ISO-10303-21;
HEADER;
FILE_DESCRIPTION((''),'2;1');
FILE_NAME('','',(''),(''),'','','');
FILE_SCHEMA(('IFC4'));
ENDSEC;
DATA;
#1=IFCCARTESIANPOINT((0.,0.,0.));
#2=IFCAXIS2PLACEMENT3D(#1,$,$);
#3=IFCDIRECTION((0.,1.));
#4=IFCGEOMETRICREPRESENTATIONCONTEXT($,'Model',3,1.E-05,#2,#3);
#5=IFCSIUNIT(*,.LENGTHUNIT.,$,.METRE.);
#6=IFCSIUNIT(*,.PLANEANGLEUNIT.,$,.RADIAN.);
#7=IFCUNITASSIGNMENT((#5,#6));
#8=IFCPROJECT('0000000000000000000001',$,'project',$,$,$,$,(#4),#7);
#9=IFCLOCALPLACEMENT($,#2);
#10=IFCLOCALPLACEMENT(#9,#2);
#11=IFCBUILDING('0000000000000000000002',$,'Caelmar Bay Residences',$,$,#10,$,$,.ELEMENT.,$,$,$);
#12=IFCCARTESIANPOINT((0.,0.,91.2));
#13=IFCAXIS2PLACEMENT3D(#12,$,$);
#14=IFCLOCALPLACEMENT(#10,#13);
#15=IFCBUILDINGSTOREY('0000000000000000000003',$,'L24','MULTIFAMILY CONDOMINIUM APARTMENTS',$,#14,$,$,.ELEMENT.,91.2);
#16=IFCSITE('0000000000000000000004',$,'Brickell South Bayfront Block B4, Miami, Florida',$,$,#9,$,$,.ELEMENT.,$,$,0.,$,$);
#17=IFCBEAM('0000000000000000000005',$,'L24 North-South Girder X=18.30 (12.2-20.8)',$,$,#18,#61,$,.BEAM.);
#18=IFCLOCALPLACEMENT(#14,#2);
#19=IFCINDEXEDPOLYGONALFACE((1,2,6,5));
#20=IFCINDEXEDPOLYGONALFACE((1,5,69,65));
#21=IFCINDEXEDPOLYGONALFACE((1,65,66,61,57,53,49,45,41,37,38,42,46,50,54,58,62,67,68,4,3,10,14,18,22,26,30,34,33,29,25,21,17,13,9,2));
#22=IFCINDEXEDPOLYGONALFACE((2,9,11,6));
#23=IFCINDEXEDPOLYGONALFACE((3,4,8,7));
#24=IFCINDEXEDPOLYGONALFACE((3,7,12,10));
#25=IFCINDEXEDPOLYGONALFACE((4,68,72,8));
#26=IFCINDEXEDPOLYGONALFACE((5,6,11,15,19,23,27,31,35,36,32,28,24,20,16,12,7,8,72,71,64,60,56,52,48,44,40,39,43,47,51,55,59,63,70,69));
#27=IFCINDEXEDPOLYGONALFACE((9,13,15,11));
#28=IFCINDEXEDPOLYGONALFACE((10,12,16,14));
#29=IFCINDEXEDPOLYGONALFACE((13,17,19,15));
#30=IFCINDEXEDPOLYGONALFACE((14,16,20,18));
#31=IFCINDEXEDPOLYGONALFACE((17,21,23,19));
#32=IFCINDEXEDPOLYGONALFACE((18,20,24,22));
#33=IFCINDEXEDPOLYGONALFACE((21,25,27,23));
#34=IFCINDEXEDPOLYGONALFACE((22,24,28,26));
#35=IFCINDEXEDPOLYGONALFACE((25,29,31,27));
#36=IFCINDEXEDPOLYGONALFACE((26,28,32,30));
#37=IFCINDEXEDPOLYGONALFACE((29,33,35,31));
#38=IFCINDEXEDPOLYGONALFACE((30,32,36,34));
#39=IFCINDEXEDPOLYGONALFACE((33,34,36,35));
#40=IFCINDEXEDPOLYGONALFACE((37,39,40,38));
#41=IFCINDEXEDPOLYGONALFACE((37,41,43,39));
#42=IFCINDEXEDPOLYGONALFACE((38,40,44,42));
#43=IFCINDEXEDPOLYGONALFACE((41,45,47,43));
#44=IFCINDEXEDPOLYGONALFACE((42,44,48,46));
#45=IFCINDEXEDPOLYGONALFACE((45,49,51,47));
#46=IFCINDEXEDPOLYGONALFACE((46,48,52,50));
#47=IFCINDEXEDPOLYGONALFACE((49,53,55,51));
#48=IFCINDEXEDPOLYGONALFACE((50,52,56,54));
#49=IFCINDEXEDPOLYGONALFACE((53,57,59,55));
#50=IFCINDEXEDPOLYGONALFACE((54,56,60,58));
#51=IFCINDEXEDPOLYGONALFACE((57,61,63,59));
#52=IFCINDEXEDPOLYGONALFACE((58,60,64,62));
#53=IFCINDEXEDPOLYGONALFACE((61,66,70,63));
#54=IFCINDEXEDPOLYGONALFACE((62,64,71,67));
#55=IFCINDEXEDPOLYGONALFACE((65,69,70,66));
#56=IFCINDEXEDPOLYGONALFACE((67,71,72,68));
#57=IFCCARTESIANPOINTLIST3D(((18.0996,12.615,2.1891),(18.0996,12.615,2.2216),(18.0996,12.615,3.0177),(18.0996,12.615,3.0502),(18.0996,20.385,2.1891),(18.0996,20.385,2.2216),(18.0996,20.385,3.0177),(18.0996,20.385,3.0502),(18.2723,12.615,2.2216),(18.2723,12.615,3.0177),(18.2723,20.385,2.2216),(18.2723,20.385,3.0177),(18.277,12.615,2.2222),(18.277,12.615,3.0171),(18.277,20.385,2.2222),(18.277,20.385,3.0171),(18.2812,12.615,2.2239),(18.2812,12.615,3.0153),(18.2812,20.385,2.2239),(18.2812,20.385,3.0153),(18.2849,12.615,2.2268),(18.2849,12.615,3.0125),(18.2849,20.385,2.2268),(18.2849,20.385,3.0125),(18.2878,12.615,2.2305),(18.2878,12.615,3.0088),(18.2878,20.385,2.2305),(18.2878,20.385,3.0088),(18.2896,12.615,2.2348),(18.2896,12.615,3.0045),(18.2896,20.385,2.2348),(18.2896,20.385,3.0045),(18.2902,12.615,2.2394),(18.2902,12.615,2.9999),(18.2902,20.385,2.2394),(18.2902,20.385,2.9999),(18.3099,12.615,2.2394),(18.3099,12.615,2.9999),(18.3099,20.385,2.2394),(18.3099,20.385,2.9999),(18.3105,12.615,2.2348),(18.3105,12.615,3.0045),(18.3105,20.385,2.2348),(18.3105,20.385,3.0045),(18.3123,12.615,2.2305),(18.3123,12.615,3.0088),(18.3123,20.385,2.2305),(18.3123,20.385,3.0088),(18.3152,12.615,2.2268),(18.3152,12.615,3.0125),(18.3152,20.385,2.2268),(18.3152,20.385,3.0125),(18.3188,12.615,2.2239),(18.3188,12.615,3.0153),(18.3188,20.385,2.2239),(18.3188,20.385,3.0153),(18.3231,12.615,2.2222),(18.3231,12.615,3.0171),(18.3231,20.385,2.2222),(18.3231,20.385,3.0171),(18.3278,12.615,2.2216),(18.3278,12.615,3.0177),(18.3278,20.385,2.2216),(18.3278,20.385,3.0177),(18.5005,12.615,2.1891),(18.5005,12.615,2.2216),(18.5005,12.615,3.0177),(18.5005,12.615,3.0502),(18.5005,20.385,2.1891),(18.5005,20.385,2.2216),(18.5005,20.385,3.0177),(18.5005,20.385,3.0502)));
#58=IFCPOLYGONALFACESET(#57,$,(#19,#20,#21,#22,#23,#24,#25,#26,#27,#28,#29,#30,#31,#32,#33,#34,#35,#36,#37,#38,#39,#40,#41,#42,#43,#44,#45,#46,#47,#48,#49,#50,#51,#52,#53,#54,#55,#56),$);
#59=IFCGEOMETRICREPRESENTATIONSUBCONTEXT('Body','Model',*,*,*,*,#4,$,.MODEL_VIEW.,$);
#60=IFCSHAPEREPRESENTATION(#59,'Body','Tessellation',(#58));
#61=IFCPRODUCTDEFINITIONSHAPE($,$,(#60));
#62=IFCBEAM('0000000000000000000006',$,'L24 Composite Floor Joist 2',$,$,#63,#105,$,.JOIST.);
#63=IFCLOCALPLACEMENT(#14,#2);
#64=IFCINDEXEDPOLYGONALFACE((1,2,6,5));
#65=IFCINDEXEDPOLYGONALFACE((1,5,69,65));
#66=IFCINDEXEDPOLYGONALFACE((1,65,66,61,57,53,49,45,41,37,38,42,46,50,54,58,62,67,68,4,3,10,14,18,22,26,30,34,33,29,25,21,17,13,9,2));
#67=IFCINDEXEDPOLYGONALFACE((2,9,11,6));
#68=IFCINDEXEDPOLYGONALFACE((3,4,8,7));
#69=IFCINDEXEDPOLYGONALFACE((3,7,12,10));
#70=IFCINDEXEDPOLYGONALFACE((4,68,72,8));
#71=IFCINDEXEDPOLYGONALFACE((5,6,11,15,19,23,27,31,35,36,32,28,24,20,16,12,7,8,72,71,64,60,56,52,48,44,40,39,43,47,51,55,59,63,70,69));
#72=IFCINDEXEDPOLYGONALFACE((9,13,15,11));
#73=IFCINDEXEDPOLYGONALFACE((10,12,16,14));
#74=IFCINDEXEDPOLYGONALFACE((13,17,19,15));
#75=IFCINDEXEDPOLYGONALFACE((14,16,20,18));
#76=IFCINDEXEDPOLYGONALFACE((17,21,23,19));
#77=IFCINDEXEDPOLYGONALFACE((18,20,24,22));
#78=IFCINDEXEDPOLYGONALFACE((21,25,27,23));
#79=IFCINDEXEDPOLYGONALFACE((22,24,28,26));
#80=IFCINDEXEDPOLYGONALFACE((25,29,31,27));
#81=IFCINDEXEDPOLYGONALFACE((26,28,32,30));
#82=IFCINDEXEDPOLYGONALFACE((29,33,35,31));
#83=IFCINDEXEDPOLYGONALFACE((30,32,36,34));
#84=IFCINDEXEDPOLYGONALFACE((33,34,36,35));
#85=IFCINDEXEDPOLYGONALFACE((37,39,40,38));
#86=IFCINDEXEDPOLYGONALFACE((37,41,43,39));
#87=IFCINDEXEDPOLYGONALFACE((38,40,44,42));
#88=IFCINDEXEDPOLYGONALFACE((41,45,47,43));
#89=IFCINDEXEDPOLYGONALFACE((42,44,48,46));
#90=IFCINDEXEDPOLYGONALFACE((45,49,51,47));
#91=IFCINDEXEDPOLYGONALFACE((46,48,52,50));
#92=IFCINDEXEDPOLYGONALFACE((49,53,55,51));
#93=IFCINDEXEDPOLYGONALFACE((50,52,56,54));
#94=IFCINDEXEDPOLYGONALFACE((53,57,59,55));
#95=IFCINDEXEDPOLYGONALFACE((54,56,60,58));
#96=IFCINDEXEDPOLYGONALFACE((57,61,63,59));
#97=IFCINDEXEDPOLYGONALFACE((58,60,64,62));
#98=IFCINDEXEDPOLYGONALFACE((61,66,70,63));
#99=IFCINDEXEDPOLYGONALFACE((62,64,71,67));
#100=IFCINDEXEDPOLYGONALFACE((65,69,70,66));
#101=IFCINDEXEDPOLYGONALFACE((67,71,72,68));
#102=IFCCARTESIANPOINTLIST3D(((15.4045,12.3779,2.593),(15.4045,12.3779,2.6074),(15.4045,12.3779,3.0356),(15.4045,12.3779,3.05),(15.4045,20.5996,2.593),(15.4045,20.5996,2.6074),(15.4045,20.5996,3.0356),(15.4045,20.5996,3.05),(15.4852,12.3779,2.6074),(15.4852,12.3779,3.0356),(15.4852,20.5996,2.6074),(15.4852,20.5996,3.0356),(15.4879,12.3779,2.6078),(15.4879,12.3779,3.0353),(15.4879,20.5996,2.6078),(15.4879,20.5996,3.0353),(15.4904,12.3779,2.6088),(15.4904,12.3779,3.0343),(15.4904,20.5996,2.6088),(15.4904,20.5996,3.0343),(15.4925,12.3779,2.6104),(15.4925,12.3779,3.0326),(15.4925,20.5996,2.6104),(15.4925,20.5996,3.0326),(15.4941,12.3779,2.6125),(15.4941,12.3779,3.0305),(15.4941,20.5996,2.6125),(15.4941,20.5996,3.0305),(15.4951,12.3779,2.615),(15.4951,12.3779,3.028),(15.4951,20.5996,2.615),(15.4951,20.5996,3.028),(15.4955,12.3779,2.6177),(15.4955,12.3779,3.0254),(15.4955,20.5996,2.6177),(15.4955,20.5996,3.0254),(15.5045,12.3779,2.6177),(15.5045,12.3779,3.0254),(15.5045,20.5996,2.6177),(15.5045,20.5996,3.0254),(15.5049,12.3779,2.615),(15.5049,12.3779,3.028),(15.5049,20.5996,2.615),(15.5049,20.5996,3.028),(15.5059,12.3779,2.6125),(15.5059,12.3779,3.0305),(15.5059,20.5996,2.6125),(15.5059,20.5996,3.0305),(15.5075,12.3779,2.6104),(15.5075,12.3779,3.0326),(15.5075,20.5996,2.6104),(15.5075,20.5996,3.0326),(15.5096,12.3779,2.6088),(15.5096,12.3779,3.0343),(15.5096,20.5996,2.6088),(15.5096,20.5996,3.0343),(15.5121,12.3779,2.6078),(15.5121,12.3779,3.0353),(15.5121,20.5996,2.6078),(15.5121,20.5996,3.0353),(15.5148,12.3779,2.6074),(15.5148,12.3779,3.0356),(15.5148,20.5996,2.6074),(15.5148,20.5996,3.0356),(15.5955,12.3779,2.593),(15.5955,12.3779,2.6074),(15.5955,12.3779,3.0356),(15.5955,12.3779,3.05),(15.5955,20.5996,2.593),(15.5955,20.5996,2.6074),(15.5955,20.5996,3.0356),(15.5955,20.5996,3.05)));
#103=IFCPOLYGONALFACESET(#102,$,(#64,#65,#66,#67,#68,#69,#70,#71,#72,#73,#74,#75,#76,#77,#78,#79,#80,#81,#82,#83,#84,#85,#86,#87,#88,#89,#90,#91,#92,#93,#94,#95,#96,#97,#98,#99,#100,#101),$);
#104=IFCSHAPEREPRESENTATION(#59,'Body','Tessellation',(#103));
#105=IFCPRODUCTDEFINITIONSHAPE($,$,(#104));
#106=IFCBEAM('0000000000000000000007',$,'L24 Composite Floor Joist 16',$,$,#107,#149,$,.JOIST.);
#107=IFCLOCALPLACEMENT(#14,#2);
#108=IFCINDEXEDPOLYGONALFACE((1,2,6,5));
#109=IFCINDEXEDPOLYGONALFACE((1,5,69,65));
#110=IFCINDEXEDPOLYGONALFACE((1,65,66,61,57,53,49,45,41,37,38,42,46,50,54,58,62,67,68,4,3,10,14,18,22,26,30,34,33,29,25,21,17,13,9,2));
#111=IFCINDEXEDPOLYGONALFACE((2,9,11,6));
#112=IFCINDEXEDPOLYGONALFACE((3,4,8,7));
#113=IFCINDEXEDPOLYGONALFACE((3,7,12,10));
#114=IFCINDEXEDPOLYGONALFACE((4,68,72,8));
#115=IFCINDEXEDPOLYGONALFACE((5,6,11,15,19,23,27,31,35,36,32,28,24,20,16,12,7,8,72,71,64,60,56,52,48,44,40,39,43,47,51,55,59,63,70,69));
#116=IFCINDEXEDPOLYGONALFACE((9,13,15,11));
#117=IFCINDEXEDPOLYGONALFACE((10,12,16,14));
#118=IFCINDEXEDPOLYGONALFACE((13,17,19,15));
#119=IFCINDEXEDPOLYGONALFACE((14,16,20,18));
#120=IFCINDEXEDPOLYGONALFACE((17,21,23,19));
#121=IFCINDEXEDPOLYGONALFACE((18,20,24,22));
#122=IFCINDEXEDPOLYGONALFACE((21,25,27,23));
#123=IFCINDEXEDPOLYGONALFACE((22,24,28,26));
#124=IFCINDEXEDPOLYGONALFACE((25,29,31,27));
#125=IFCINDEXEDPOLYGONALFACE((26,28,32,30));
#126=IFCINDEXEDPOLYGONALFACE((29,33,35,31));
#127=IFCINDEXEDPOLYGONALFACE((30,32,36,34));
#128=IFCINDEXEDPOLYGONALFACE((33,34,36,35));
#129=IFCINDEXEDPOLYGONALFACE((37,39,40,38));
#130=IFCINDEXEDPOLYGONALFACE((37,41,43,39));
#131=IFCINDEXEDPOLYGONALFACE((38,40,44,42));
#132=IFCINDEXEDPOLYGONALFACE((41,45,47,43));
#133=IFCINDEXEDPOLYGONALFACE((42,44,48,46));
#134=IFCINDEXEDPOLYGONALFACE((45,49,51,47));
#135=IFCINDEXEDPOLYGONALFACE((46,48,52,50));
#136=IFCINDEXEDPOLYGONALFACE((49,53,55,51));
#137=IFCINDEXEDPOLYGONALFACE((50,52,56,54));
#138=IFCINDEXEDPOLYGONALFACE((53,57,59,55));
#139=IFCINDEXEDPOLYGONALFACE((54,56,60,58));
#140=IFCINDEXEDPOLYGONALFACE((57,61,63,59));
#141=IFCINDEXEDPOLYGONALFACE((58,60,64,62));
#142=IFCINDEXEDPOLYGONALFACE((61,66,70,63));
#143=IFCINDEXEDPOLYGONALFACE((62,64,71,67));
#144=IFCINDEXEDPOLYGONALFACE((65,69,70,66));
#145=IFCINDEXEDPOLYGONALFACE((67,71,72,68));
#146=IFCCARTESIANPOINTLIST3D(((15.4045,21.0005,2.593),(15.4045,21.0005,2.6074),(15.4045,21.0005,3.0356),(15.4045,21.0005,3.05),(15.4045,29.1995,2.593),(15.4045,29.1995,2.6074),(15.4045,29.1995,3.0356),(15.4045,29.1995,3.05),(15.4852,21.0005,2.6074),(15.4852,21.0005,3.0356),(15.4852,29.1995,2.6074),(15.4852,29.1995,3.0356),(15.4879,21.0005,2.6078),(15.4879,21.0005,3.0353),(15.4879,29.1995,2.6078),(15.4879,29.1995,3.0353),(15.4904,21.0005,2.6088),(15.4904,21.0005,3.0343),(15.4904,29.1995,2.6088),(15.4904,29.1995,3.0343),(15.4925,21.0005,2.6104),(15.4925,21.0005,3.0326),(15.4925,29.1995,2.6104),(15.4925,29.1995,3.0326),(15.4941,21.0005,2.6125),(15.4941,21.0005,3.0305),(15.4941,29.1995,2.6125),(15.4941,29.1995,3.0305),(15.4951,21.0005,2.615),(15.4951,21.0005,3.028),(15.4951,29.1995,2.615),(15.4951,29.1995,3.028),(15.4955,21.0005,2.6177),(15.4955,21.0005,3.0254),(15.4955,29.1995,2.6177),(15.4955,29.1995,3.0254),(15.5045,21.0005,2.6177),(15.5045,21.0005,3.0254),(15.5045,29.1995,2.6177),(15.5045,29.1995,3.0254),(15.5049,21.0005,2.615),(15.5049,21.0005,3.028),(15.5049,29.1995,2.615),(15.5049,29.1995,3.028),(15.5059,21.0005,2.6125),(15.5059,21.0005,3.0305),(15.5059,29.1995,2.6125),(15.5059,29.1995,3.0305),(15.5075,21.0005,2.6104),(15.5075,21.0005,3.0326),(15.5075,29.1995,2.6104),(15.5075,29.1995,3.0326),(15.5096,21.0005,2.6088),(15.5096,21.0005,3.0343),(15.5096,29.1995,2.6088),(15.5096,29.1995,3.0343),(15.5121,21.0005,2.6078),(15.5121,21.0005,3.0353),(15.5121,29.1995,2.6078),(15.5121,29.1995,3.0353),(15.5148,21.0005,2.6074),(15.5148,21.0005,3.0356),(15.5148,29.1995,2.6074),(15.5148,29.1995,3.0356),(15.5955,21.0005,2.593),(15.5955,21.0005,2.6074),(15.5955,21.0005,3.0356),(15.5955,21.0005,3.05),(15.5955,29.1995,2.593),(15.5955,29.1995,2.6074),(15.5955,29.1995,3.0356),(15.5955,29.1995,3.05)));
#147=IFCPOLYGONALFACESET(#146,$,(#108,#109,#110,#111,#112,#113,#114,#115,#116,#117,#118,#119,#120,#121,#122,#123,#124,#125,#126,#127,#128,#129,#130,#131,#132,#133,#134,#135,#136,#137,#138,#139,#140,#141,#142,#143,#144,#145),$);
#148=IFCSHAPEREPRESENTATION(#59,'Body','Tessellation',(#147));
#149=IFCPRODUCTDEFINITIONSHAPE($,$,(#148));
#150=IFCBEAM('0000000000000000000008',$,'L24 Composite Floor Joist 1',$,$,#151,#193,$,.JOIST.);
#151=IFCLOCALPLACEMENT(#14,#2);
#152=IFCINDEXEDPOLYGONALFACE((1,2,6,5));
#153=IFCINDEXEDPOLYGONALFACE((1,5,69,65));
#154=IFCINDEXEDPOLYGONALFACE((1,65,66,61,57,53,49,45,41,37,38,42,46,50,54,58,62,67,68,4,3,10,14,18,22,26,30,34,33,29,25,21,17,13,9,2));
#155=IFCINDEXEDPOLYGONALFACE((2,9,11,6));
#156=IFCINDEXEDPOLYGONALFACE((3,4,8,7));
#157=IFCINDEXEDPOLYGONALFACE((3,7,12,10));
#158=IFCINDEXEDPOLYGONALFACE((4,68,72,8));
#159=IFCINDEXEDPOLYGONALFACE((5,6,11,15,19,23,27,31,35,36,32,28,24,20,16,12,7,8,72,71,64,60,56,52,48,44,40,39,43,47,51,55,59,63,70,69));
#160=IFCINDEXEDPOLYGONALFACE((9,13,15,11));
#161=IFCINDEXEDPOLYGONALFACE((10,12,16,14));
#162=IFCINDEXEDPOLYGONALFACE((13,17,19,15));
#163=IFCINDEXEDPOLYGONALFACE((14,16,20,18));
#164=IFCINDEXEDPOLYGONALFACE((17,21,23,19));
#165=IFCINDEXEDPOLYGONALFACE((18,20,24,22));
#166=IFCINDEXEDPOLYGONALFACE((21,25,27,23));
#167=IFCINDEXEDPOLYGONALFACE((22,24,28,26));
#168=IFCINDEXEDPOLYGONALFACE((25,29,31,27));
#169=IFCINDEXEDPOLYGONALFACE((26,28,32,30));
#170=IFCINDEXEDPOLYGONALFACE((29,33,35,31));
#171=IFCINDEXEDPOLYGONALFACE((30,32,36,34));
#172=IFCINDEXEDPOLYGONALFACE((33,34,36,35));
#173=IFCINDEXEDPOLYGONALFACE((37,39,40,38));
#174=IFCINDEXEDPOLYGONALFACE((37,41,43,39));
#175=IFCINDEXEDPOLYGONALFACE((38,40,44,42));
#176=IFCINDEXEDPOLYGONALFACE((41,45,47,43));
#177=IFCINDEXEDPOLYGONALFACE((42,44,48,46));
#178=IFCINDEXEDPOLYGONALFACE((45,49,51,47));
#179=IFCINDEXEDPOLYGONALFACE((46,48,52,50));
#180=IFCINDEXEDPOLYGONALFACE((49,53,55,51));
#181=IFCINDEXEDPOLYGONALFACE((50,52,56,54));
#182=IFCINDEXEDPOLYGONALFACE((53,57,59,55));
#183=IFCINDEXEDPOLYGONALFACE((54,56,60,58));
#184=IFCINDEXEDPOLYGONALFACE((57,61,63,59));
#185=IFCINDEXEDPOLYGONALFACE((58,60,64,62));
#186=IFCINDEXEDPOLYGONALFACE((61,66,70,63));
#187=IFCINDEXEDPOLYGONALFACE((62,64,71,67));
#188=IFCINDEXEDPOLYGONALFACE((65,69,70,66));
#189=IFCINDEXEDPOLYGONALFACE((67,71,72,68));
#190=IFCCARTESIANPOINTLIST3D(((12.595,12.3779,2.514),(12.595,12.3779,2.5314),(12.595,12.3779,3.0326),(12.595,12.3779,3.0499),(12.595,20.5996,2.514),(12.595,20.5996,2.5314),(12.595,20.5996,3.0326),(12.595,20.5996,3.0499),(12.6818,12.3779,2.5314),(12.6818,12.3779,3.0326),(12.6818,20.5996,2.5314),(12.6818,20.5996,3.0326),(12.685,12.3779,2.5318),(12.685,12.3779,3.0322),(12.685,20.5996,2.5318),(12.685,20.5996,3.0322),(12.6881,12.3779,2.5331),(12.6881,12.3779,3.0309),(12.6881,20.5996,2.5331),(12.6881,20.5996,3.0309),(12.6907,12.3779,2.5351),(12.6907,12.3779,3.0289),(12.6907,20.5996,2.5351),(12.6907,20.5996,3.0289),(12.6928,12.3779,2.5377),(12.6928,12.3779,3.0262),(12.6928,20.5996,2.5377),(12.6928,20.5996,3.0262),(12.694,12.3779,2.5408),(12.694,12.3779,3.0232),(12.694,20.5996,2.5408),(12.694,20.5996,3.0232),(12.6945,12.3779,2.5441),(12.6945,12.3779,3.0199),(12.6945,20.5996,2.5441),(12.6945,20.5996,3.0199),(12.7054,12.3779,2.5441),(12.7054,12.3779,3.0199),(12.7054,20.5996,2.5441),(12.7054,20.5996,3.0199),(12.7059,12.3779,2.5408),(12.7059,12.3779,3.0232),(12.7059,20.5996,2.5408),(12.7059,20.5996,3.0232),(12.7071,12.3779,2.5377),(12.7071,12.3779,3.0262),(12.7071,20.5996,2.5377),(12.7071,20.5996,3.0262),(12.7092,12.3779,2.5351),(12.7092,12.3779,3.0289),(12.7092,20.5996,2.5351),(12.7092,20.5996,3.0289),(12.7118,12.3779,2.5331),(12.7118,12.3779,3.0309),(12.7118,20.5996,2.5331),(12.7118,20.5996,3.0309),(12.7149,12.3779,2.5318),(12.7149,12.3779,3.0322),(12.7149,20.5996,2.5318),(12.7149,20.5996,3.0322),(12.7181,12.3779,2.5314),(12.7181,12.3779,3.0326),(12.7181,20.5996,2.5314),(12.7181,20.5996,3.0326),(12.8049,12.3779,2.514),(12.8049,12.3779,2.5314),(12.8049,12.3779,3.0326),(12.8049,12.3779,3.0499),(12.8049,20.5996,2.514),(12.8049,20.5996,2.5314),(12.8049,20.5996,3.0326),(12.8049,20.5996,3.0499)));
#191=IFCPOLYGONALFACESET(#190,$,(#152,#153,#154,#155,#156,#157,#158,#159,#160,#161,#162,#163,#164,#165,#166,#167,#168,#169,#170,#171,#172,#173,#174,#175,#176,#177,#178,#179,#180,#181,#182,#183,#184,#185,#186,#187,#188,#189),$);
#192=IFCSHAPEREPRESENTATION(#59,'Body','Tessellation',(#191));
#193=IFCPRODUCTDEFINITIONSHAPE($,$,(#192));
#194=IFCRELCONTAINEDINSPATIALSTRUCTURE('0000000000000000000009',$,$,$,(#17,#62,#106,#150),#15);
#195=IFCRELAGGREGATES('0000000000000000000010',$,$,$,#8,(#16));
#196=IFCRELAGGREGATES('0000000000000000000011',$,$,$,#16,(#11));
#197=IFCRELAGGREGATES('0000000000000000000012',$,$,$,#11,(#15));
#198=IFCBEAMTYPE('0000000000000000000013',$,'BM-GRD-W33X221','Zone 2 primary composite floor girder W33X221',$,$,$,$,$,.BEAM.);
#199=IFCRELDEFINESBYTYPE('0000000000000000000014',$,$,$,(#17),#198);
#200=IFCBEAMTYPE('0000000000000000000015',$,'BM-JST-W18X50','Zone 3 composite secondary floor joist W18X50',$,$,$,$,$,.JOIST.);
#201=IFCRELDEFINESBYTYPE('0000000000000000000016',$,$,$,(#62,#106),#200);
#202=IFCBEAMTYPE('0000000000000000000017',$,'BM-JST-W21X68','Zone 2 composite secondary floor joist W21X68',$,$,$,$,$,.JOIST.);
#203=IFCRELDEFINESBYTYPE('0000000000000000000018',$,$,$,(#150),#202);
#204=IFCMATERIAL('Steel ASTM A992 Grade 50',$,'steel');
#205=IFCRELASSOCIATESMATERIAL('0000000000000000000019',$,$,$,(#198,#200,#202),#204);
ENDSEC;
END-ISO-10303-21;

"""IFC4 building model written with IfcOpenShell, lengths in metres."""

from ifc_helpers import new_model, si_unit, direction, frame, origin, origin_2d, place, context, subcontext, project, spatial, i_section, extrude, material, material_profile, profile_set, type_object, element, save


model = new_model("IFC4")

# Units and contexts
model_context = context("Model", 3, precision=1e-05, world=origin(), true_north=direction((0.0, 1.0)))
body_context = subcontext(model_context, "Body", "Model", "MODEL_VIEW")
ifc_project = project(units=[si_unit("LENGTHUNIT", "METRE"), si_unit("PLANEANGLEUNIT", "RADIAN")], contexts=[model_context])

# Site, building, storey
site_placement = place(None, origin())
site = spatial("IfcSite", under=ifc_project, at=site_placement, Name="Brickell South Bayfront Block B4, Miami, Florida", CompositionType="ELEMENT", RefElevation=0.0)
building_placement = place(site_placement, origin())
building = spatial("IfcBuilding", under=site, at=building_placement, Name="Caelmar Bay Residences", CompositionType="ELEMENT")
storey_placement = place(building_placement, frame((0.0, 0.0, 91.2)))
storey = spatial("IfcBuildingStorey", under=building, at=storey_placement, Name="L24", Description="MULTIFAMILY CONDOMINIUM APARTMENTS", CompositionType="ELEMENT", Elevation=91.2)

# Beams
ifc_material_1 = material(Name="Steel ASTM A992 Grade 50", Category="steel")
ifc_material_profile_1 = material_profile(ifc_material_1, i_section(OverallWidth=0.4009, OverallDepth=0.8611, WebThickness=0.0198, FlangeThickness=0.0325, FilletRadius=0.0178, at=origin_2d()), Name="W33X221")
ifc_profile_set_1 = profile_set([ifc_material_profile_1], Name="Steel ASTM A992 Grade 50")
beam_type_1 = type_object("IfcBeamType", Name="BM-GRD-W33X221", Description="Zone 2 primary composite floor girder W33X221", PredefinedType="BEAM", material=ifc_profile_set_1)
for number, where, z_axis, x_axis, name in (
    (1, (18.3, 12.615, 2.6196), (0.0, 1.0, 0.0), (-1.0, 0.0, 0.0), "L24 North-South Girder X=18.30 (12.2-20.8)"),
):
    element("IfcBeam", number, at=place(storey_placement, frame(where, z_axis=z_axis, x_axis=x_axis)), inside=storey, type_object=beam_type_1, Name=name, PredefinedType="BEAM", context=body_context, shape_type="SweptSolid", body=[
        extrude(i_section(OverallWidth=0.4009, OverallDepth=0.8611, WebThickness=0.0198, FlangeThickness=0.0325, FilletRadius=0.0178, at=origin_2d()), origin(), (0.0, 0.0, 1.0), 7.77),
    ])
ifc_material_profile_2 = material_profile(ifc_material_1, i_section(OverallWidth=0.1909, OverallDepth=0.457, WebThickness=0.009, FlangeThickness=0.0144, FilletRadius=0.0103, at=origin_2d()), Name="W18X50")
ifc_profile_set_2 = profile_set([ifc_material_profile_2], Name="Steel ASTM A992 Grade 50")
beam_type_2 = type_object("IfcBeamType", Name="BM-JST-W18X50", Description="Zone 3 composite secondary floor joist W18X50", PredefinedType="JOIST", material=ifc_profile_set_2)
beam_1_placement = place(storey_placement, frame((15.5, 12.3779, 2.8215), z_axis=(0.0, 1.0, 0.0), x_axis=(-1.0, 0.0, 0.0)))
element("IfcBeam", 2, at=beam_1_placement, inside=storey, type_object=beam_type_2, Name="L24 Composite Floor Joist 2", PredefinedType="JOIST", context=body_context, shape_type="SweptSolid", body=[
    extrude(i_section(OverallWidth=0.1909, OverallDepth=0.457, WebThickness=0.009, FlangeThickness=0.0144, FilletRadius=0.0103, at=origin_2d()), origin(), (0.0, 0.0, 1.0), 8.2217),
])
beam_2_placement = place(storey_placement, frame((15.5, 21.0005, 2.8215), z_axis=(0.0, 1.0, 0.0), x_axis=(-1.0, 0.0, 0.0)))
element("IfcBeam", 3, at=beam_2_placement, inside=storey, type_object=beam_type_2, Name="L24 Composite Floor Joist 16", PredefinedType="JOIST", context=body_context, shape_type="SweptSolid", body=[
    extrude(i_section(OverallWidth=0.1909, OverallDepth=0.457, WebThickness=0.009, FlangeThickness=0.0144, FilletRadius=0.0103, at=origin_2d()), origin(), (0.0, 0.0, 1.0), 8.199),
])
ifc_material_profile_3 = material_profile(ifc_material_1, i_section(OverallWidth=0.21, OverallDepth=0.5359, WebThickness=0.011, FlangeThickness=0.0173, FilletRadius=0.0127, at=origin_2d()), Name="W21X68")
ifc_profile_set_3 = profile_set([ifc_material_profile_3], Name="Steel ASTM A992 Grade 50")
beam_type_3 = type_object("IfcBeamType", Name="BM-JST-W21X68", Description="Zone 2 composite secondary floor joist W21X68", PredefinedType="JOIST", material=ifc_profile_set_3)
beam_3_placement = place(storey_placement, frame((12.7, 12.3779, 2.782), z_axis=(0.0, 1.0, 0.0), x_axis=(-1.0, 0.0, 0.0)))
element("IfcBeam", 4, at=beam_3_placement, inside=storey, type_object=beam_type_3, Name="L24 Composite Floor Joist 1", PredefinedType="JOIST", context=body_context, shape_type="SweptSolid", body=[
    extrude(i_section(OverallWidth=0.21, OverallDepth=0.5359, WebThickness=0.011, FlangeThickness=0.0173, FilletRadius=0.0127, at=origin_2d()), origin(), (0.0, 0.0, 1.0), 8.2217),
])

save(model, "model.ifc")
